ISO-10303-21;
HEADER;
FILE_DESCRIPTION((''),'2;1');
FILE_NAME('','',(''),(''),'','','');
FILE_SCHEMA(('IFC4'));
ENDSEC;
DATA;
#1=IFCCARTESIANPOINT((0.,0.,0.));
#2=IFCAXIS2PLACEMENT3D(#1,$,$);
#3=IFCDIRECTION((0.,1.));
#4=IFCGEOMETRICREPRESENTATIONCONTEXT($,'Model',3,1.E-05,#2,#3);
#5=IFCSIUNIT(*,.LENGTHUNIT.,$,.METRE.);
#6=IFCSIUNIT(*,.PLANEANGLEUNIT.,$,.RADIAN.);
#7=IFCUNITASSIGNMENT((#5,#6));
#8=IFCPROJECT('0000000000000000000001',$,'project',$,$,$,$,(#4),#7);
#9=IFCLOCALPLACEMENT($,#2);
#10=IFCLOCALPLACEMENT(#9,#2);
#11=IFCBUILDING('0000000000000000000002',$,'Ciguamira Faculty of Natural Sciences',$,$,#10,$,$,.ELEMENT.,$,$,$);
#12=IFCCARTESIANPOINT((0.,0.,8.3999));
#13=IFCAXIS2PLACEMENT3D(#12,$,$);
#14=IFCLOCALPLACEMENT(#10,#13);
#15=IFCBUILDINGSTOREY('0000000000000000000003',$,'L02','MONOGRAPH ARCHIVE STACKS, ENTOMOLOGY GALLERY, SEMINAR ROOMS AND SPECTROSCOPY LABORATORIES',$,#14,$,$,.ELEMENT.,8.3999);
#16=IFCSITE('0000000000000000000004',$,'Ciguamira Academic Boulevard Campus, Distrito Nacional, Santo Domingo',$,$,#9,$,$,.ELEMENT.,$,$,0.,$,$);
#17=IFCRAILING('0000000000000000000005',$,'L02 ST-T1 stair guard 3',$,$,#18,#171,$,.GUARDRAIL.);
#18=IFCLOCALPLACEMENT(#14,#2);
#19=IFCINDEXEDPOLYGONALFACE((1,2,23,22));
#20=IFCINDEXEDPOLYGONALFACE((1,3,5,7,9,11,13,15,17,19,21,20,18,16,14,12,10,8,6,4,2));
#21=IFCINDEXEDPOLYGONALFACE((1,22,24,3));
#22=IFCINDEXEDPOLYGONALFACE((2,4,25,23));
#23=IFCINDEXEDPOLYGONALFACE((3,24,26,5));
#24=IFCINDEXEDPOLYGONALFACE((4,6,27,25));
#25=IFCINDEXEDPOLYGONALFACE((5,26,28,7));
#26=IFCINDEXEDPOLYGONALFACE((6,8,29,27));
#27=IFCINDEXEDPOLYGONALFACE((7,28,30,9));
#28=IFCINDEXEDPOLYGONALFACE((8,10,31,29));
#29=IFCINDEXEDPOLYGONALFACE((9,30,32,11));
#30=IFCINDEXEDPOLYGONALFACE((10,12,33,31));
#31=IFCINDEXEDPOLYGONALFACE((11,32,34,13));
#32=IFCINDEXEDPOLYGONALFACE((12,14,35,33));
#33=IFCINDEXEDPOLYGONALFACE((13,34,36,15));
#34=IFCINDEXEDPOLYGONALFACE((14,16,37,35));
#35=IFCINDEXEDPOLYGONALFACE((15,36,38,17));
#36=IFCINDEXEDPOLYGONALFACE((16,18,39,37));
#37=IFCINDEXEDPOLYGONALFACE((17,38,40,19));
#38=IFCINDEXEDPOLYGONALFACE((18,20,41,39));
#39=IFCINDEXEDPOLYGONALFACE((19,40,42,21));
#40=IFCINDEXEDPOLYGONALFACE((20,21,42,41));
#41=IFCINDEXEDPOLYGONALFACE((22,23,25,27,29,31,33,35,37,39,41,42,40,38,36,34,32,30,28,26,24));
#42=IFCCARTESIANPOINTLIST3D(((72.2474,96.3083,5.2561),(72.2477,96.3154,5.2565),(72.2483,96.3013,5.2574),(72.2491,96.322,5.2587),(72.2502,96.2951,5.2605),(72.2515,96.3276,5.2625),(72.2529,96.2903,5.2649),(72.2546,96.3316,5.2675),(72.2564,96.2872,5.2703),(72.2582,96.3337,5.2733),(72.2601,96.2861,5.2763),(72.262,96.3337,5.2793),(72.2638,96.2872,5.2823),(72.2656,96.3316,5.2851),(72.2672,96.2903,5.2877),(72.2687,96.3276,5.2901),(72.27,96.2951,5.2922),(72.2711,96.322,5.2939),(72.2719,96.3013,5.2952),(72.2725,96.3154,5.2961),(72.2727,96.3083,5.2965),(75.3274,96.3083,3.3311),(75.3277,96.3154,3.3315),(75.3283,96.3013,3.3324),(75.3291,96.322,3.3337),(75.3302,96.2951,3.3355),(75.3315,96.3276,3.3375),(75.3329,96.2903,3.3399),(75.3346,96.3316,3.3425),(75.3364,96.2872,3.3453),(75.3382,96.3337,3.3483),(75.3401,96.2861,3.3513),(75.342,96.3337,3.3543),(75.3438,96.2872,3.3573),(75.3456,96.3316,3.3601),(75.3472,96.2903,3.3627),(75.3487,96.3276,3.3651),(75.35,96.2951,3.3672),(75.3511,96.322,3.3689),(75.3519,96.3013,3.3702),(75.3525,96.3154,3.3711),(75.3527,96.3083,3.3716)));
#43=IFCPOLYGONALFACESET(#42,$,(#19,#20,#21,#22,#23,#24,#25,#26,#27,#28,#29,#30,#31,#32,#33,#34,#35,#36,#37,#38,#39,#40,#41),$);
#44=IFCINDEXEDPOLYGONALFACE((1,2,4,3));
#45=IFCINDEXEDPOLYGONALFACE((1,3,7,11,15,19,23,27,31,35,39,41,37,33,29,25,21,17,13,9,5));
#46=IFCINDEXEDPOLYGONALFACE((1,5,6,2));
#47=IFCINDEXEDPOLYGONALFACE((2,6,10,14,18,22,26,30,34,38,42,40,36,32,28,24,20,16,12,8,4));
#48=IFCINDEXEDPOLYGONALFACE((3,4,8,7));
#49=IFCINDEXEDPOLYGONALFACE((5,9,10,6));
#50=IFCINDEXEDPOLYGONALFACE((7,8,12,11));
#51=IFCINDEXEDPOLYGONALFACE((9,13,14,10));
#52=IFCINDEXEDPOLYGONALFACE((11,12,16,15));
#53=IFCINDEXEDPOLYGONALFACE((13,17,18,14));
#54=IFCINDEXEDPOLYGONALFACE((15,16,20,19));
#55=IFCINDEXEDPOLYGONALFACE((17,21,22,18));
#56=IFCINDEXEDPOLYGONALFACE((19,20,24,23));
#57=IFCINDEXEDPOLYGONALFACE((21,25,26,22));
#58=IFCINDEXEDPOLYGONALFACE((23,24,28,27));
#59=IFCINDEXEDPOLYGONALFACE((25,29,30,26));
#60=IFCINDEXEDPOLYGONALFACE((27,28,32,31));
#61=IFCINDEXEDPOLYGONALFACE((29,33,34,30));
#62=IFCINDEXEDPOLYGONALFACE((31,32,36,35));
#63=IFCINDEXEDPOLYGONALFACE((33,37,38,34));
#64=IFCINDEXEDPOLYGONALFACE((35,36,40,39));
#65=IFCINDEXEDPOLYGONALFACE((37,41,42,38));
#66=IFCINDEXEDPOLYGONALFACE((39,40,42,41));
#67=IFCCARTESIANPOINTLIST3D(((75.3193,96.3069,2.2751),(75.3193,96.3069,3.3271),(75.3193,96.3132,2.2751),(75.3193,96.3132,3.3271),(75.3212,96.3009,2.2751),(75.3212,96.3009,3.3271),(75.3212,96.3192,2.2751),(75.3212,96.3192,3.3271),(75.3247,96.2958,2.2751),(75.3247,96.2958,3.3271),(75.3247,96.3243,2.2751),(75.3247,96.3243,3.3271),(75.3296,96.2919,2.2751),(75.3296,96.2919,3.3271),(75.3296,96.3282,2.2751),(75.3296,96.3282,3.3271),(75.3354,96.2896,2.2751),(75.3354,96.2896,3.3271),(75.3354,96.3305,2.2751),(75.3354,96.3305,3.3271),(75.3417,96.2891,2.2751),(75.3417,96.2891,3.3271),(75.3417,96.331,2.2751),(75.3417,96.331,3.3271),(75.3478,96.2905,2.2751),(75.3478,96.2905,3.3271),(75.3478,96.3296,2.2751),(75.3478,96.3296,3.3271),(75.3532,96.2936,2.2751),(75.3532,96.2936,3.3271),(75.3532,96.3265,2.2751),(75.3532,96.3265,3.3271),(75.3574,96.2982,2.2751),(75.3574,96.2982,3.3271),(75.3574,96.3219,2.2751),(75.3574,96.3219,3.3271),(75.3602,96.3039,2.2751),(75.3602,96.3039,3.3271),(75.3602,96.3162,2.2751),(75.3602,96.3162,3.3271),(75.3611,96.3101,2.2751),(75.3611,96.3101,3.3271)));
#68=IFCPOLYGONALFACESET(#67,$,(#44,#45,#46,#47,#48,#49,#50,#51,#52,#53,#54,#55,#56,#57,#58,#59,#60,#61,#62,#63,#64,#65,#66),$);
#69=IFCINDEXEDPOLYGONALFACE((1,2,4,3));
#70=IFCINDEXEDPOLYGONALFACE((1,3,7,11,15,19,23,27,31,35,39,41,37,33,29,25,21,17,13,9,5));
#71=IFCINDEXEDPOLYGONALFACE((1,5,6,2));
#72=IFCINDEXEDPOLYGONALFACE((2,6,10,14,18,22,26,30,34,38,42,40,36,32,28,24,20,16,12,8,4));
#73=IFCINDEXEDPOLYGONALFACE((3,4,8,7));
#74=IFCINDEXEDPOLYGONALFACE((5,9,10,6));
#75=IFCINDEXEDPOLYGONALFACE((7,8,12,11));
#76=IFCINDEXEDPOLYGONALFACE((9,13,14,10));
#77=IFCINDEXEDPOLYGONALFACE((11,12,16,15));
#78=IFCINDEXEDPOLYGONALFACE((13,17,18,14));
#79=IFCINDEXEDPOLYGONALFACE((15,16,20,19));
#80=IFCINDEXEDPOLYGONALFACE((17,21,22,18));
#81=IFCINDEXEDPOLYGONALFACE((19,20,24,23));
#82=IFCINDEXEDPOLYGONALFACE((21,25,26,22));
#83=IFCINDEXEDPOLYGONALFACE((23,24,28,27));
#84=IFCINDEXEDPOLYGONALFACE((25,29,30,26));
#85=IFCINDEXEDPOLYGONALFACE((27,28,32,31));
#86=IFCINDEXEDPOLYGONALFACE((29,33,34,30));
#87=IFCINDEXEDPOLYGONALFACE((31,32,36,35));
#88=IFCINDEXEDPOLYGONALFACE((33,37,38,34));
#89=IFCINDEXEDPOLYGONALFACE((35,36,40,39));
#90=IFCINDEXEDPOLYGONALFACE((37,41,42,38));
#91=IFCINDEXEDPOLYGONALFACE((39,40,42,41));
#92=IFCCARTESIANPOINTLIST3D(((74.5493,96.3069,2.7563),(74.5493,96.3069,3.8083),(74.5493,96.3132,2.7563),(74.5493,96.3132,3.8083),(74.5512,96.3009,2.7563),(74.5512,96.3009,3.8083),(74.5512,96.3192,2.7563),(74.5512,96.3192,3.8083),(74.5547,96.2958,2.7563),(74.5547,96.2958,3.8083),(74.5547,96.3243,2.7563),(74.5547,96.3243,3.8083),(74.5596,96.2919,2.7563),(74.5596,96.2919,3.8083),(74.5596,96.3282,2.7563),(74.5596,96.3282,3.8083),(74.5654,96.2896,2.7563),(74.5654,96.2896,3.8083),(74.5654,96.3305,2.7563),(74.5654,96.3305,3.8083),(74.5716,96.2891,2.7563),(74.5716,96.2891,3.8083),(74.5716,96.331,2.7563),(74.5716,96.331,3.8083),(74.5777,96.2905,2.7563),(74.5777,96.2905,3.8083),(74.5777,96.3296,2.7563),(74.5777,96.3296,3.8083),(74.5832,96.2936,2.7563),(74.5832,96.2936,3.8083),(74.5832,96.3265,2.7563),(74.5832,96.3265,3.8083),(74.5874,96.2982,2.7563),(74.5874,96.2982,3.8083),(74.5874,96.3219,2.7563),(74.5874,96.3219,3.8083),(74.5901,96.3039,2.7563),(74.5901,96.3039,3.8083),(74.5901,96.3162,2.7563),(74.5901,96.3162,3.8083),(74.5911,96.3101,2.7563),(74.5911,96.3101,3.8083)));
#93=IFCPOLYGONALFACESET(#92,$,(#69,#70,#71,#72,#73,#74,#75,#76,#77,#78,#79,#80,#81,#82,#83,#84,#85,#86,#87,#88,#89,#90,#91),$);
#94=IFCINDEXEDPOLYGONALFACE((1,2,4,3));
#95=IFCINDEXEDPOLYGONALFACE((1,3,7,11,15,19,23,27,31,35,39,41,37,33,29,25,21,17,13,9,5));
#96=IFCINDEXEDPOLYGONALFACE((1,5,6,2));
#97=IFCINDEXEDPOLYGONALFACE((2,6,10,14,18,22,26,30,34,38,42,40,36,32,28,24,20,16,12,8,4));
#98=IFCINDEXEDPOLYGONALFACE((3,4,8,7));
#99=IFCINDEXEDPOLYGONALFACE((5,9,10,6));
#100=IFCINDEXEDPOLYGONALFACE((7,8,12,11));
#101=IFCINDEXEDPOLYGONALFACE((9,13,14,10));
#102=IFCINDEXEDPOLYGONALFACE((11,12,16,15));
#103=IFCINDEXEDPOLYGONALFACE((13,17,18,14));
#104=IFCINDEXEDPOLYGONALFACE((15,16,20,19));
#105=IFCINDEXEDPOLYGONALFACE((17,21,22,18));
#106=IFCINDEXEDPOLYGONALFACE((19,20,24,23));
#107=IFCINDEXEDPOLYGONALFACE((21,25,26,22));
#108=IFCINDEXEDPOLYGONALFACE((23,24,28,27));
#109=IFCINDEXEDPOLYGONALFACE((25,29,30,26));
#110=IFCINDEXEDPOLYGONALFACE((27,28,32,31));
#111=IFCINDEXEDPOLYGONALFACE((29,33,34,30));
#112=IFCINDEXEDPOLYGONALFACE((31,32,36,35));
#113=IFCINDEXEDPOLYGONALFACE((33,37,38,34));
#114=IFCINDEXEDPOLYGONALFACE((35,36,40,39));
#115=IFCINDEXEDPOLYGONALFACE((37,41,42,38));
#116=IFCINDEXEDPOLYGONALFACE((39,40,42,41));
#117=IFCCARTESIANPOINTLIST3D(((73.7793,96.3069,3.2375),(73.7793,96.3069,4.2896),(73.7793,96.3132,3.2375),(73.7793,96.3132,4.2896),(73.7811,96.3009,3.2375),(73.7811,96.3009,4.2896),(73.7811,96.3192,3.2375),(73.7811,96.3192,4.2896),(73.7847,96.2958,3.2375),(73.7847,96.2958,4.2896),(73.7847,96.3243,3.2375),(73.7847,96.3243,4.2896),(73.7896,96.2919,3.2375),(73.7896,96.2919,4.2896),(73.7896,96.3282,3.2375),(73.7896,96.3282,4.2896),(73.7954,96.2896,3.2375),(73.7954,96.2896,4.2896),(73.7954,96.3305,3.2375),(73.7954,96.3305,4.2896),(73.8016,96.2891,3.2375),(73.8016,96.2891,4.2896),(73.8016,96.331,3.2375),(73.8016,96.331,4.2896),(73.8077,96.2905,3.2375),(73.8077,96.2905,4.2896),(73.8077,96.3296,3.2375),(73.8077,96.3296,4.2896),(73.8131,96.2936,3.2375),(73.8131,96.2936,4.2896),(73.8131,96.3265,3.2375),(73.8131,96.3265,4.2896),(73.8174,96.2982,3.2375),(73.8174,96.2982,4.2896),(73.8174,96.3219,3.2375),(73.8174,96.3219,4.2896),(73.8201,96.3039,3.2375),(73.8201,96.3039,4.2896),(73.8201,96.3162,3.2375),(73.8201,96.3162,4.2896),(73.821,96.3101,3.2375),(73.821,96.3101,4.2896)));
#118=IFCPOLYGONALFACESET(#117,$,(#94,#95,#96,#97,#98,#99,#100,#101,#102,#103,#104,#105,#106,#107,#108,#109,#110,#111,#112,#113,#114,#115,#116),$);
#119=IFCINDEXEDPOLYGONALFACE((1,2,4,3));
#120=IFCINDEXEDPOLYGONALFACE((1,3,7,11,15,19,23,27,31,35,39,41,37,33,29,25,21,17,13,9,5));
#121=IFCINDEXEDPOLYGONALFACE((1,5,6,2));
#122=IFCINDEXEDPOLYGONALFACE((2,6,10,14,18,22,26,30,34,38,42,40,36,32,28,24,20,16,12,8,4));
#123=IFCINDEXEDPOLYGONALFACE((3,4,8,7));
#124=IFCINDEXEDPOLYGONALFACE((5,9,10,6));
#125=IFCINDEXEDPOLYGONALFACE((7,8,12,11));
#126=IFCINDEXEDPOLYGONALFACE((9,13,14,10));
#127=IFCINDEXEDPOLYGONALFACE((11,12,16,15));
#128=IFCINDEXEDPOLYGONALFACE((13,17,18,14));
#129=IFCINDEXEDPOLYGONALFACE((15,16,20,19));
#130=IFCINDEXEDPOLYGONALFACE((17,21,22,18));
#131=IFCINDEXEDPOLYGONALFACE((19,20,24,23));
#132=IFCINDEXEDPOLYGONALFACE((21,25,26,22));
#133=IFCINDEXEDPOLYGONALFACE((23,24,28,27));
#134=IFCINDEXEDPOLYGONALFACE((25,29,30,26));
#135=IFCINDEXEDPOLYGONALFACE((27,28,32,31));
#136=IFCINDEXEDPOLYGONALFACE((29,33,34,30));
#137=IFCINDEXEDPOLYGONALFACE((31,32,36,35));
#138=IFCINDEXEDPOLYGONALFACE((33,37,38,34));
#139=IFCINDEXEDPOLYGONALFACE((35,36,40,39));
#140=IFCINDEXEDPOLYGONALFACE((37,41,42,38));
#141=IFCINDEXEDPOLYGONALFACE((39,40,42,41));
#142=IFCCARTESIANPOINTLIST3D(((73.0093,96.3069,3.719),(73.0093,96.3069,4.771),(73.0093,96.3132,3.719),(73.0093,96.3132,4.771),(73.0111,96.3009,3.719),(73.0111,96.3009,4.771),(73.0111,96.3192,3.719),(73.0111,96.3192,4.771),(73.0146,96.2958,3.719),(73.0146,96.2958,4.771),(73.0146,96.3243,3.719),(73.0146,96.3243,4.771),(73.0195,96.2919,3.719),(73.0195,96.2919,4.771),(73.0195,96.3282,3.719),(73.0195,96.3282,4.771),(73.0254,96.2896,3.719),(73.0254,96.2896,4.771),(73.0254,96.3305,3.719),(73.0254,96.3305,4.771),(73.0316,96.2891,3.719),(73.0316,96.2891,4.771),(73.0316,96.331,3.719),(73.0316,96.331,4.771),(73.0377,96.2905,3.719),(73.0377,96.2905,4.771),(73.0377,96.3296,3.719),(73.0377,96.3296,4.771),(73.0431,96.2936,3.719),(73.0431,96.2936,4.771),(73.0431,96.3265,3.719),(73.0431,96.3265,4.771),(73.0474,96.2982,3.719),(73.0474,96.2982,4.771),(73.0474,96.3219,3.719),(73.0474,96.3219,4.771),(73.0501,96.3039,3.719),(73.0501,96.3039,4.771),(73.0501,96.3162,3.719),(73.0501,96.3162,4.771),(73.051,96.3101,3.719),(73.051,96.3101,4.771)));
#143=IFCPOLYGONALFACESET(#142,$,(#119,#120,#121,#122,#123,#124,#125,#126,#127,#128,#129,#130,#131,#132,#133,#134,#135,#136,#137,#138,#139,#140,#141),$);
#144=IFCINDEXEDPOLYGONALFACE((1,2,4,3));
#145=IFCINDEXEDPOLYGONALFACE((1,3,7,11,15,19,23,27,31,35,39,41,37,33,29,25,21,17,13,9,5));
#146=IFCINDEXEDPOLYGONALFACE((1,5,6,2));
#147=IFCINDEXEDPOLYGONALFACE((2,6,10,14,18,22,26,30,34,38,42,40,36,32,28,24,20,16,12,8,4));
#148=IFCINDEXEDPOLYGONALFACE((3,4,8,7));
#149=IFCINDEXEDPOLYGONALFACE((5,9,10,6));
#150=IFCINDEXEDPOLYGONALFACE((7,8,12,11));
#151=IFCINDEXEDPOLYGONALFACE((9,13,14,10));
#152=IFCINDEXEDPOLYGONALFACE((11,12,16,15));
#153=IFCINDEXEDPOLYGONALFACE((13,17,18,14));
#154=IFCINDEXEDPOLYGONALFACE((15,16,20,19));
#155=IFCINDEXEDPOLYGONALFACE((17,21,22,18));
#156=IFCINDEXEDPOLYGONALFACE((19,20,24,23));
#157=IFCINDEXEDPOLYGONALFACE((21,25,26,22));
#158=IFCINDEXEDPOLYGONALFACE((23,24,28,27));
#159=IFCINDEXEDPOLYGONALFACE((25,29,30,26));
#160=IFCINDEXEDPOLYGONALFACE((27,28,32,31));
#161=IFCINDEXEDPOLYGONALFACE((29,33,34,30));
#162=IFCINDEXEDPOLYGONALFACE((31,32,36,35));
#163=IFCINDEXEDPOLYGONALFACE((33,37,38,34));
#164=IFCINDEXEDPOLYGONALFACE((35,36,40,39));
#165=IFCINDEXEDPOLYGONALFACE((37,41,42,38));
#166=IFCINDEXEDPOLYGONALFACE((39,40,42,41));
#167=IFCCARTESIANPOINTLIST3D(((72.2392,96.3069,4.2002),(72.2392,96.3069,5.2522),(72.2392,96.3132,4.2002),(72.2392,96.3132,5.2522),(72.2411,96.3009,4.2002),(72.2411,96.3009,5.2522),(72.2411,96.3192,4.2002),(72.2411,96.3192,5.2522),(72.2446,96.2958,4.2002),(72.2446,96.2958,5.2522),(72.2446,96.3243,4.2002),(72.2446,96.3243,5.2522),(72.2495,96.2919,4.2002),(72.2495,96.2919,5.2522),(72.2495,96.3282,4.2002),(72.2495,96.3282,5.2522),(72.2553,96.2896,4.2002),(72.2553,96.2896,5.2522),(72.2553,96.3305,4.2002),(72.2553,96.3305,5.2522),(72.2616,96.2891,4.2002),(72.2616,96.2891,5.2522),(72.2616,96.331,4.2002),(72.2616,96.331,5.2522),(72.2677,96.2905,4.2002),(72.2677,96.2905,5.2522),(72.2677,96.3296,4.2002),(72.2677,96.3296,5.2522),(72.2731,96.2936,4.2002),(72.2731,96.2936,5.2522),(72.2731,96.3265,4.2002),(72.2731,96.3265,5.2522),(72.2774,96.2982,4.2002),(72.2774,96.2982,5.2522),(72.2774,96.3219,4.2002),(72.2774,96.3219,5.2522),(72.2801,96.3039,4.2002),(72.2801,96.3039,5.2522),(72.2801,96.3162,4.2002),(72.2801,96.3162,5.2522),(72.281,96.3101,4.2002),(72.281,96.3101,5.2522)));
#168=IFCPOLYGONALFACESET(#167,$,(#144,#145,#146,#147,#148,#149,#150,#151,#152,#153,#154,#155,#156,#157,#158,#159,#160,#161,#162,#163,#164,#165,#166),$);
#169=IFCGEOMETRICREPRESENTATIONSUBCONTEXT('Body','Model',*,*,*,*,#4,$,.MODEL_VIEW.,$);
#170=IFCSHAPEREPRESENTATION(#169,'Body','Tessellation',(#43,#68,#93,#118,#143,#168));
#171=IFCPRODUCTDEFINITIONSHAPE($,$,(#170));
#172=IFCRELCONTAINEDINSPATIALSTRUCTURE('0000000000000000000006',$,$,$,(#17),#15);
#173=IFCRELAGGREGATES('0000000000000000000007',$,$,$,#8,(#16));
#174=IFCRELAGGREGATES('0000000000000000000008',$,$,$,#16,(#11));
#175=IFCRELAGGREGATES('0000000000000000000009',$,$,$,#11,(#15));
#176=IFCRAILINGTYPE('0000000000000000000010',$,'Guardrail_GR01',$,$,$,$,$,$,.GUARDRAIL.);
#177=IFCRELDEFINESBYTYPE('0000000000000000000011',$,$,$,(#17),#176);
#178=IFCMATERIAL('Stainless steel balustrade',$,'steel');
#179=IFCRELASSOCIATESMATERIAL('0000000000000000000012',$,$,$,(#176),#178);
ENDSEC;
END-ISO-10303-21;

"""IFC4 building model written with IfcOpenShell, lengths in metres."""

from ifc_helpers import new_model, si_unit, direction, frame, origin, origin_2d, place, context, subcontext, project, spatial, circle, extrude, material, type_object, element, save


model = new_model("IFC4")

# Units and contexts
model_context = context("Model", 3, precision=1e-05, world=origin(), true_north=direction((0.0, 1.0)))
body_context = subcontext(model_context, "Body", "Model", "MODEL_VIEW")
ifc_project = project(units=[si_unit("LENGTHUNIT", "METRE"), si_unit("PLANEANGLEUNIT", "RADIAN")], contexts=[model_context])

# Site, building, storey
site_placement = place(None, origin())
site = spatial("IfcSite", under=ifc_project, at=site_placement, Name="Ciguamira Academic Boulevard Campus, Distrito Nacional, Santo Domingo", CompositionType="ELEMENT", RefElevation=0.0)
building_placement = place(site_placement, origin())
building = spatial("IfcBuilding", under=site, at=building_placement, Name="Ciguamira Faculty of Natural Sciences", CompositionType="ELEMENT")
storey_placement = place(building_placement, frame((0.0, 0.0, 8.3999)))
storey = spatial("IfcBuildingStorey", under=building, at=storey_placement, Name="L02", Description="MONOGRAPH ARCHIVE STACKS, ENTOMOLOGY GALLERY, SEMINAR ROOMS AND SPECTROSCOPY LABORATORIES", CompositionType="ELEMENT", Elevation=8.3999)

# Railing
ifc_material_1 = material(Name="Stainless steel balustrade", Category="steel")
railing_type_1 = type_object("IfcRailingType", Name="Guardrail_GR01", PredefinedType="GUARDRAIL", material=ifc_material_1)
railing_1_placement = place(storey_placement, frame((75.3401, 96.3101, 2.2751)))
element("IfcRailing", 1, at=railing_1_placement, inside=storey, type_object=railing_type_1, Name="L02 ST-T1 stair guard 3", PredefinedType="GUARDRAIL", context=body_context, shape_type="SweptSolid", body=[
    extrude(circle(Radius=0.0239, at=origin_2d()), frame((0.0, 0.0, 1.0762), z_axis=(-0.847998, 0.0, 0.529999), x_axis=(0.0, -1.0, 0.0)), (0.0, 0.0, 1.0), 3.6321),
    extrude(circle(Radius=0.021, at=origin_2d()), origin(), (0.0, 0.0, 1.0), 1.052),
    extrude(circle(Radius=0.021, at=origin_2d()), frame((-0.77, 0.0, 0.4812)), (0.0, 0.0, 1.0), 1.052),
    extrude(circle(Radius=0.021, at=origin_2d()), frame((-1.54, 0.0, 0.9624)), (0.0, 0.0, 1.0), 1.052),
    extrude(circle(Radius=0.021, at=origin_2d()), frame((-2.3101, 0.0, 1.4438)), (0.0, 0.0, 1.0), 1.052),
    extrude(circle(Radius=0.021, at=origin_2d()), frame((-3.0801, 0.0, 1.925)), (0.0, 0.0, 1.0), 1.052),
])

save(model, "model.ifc")
